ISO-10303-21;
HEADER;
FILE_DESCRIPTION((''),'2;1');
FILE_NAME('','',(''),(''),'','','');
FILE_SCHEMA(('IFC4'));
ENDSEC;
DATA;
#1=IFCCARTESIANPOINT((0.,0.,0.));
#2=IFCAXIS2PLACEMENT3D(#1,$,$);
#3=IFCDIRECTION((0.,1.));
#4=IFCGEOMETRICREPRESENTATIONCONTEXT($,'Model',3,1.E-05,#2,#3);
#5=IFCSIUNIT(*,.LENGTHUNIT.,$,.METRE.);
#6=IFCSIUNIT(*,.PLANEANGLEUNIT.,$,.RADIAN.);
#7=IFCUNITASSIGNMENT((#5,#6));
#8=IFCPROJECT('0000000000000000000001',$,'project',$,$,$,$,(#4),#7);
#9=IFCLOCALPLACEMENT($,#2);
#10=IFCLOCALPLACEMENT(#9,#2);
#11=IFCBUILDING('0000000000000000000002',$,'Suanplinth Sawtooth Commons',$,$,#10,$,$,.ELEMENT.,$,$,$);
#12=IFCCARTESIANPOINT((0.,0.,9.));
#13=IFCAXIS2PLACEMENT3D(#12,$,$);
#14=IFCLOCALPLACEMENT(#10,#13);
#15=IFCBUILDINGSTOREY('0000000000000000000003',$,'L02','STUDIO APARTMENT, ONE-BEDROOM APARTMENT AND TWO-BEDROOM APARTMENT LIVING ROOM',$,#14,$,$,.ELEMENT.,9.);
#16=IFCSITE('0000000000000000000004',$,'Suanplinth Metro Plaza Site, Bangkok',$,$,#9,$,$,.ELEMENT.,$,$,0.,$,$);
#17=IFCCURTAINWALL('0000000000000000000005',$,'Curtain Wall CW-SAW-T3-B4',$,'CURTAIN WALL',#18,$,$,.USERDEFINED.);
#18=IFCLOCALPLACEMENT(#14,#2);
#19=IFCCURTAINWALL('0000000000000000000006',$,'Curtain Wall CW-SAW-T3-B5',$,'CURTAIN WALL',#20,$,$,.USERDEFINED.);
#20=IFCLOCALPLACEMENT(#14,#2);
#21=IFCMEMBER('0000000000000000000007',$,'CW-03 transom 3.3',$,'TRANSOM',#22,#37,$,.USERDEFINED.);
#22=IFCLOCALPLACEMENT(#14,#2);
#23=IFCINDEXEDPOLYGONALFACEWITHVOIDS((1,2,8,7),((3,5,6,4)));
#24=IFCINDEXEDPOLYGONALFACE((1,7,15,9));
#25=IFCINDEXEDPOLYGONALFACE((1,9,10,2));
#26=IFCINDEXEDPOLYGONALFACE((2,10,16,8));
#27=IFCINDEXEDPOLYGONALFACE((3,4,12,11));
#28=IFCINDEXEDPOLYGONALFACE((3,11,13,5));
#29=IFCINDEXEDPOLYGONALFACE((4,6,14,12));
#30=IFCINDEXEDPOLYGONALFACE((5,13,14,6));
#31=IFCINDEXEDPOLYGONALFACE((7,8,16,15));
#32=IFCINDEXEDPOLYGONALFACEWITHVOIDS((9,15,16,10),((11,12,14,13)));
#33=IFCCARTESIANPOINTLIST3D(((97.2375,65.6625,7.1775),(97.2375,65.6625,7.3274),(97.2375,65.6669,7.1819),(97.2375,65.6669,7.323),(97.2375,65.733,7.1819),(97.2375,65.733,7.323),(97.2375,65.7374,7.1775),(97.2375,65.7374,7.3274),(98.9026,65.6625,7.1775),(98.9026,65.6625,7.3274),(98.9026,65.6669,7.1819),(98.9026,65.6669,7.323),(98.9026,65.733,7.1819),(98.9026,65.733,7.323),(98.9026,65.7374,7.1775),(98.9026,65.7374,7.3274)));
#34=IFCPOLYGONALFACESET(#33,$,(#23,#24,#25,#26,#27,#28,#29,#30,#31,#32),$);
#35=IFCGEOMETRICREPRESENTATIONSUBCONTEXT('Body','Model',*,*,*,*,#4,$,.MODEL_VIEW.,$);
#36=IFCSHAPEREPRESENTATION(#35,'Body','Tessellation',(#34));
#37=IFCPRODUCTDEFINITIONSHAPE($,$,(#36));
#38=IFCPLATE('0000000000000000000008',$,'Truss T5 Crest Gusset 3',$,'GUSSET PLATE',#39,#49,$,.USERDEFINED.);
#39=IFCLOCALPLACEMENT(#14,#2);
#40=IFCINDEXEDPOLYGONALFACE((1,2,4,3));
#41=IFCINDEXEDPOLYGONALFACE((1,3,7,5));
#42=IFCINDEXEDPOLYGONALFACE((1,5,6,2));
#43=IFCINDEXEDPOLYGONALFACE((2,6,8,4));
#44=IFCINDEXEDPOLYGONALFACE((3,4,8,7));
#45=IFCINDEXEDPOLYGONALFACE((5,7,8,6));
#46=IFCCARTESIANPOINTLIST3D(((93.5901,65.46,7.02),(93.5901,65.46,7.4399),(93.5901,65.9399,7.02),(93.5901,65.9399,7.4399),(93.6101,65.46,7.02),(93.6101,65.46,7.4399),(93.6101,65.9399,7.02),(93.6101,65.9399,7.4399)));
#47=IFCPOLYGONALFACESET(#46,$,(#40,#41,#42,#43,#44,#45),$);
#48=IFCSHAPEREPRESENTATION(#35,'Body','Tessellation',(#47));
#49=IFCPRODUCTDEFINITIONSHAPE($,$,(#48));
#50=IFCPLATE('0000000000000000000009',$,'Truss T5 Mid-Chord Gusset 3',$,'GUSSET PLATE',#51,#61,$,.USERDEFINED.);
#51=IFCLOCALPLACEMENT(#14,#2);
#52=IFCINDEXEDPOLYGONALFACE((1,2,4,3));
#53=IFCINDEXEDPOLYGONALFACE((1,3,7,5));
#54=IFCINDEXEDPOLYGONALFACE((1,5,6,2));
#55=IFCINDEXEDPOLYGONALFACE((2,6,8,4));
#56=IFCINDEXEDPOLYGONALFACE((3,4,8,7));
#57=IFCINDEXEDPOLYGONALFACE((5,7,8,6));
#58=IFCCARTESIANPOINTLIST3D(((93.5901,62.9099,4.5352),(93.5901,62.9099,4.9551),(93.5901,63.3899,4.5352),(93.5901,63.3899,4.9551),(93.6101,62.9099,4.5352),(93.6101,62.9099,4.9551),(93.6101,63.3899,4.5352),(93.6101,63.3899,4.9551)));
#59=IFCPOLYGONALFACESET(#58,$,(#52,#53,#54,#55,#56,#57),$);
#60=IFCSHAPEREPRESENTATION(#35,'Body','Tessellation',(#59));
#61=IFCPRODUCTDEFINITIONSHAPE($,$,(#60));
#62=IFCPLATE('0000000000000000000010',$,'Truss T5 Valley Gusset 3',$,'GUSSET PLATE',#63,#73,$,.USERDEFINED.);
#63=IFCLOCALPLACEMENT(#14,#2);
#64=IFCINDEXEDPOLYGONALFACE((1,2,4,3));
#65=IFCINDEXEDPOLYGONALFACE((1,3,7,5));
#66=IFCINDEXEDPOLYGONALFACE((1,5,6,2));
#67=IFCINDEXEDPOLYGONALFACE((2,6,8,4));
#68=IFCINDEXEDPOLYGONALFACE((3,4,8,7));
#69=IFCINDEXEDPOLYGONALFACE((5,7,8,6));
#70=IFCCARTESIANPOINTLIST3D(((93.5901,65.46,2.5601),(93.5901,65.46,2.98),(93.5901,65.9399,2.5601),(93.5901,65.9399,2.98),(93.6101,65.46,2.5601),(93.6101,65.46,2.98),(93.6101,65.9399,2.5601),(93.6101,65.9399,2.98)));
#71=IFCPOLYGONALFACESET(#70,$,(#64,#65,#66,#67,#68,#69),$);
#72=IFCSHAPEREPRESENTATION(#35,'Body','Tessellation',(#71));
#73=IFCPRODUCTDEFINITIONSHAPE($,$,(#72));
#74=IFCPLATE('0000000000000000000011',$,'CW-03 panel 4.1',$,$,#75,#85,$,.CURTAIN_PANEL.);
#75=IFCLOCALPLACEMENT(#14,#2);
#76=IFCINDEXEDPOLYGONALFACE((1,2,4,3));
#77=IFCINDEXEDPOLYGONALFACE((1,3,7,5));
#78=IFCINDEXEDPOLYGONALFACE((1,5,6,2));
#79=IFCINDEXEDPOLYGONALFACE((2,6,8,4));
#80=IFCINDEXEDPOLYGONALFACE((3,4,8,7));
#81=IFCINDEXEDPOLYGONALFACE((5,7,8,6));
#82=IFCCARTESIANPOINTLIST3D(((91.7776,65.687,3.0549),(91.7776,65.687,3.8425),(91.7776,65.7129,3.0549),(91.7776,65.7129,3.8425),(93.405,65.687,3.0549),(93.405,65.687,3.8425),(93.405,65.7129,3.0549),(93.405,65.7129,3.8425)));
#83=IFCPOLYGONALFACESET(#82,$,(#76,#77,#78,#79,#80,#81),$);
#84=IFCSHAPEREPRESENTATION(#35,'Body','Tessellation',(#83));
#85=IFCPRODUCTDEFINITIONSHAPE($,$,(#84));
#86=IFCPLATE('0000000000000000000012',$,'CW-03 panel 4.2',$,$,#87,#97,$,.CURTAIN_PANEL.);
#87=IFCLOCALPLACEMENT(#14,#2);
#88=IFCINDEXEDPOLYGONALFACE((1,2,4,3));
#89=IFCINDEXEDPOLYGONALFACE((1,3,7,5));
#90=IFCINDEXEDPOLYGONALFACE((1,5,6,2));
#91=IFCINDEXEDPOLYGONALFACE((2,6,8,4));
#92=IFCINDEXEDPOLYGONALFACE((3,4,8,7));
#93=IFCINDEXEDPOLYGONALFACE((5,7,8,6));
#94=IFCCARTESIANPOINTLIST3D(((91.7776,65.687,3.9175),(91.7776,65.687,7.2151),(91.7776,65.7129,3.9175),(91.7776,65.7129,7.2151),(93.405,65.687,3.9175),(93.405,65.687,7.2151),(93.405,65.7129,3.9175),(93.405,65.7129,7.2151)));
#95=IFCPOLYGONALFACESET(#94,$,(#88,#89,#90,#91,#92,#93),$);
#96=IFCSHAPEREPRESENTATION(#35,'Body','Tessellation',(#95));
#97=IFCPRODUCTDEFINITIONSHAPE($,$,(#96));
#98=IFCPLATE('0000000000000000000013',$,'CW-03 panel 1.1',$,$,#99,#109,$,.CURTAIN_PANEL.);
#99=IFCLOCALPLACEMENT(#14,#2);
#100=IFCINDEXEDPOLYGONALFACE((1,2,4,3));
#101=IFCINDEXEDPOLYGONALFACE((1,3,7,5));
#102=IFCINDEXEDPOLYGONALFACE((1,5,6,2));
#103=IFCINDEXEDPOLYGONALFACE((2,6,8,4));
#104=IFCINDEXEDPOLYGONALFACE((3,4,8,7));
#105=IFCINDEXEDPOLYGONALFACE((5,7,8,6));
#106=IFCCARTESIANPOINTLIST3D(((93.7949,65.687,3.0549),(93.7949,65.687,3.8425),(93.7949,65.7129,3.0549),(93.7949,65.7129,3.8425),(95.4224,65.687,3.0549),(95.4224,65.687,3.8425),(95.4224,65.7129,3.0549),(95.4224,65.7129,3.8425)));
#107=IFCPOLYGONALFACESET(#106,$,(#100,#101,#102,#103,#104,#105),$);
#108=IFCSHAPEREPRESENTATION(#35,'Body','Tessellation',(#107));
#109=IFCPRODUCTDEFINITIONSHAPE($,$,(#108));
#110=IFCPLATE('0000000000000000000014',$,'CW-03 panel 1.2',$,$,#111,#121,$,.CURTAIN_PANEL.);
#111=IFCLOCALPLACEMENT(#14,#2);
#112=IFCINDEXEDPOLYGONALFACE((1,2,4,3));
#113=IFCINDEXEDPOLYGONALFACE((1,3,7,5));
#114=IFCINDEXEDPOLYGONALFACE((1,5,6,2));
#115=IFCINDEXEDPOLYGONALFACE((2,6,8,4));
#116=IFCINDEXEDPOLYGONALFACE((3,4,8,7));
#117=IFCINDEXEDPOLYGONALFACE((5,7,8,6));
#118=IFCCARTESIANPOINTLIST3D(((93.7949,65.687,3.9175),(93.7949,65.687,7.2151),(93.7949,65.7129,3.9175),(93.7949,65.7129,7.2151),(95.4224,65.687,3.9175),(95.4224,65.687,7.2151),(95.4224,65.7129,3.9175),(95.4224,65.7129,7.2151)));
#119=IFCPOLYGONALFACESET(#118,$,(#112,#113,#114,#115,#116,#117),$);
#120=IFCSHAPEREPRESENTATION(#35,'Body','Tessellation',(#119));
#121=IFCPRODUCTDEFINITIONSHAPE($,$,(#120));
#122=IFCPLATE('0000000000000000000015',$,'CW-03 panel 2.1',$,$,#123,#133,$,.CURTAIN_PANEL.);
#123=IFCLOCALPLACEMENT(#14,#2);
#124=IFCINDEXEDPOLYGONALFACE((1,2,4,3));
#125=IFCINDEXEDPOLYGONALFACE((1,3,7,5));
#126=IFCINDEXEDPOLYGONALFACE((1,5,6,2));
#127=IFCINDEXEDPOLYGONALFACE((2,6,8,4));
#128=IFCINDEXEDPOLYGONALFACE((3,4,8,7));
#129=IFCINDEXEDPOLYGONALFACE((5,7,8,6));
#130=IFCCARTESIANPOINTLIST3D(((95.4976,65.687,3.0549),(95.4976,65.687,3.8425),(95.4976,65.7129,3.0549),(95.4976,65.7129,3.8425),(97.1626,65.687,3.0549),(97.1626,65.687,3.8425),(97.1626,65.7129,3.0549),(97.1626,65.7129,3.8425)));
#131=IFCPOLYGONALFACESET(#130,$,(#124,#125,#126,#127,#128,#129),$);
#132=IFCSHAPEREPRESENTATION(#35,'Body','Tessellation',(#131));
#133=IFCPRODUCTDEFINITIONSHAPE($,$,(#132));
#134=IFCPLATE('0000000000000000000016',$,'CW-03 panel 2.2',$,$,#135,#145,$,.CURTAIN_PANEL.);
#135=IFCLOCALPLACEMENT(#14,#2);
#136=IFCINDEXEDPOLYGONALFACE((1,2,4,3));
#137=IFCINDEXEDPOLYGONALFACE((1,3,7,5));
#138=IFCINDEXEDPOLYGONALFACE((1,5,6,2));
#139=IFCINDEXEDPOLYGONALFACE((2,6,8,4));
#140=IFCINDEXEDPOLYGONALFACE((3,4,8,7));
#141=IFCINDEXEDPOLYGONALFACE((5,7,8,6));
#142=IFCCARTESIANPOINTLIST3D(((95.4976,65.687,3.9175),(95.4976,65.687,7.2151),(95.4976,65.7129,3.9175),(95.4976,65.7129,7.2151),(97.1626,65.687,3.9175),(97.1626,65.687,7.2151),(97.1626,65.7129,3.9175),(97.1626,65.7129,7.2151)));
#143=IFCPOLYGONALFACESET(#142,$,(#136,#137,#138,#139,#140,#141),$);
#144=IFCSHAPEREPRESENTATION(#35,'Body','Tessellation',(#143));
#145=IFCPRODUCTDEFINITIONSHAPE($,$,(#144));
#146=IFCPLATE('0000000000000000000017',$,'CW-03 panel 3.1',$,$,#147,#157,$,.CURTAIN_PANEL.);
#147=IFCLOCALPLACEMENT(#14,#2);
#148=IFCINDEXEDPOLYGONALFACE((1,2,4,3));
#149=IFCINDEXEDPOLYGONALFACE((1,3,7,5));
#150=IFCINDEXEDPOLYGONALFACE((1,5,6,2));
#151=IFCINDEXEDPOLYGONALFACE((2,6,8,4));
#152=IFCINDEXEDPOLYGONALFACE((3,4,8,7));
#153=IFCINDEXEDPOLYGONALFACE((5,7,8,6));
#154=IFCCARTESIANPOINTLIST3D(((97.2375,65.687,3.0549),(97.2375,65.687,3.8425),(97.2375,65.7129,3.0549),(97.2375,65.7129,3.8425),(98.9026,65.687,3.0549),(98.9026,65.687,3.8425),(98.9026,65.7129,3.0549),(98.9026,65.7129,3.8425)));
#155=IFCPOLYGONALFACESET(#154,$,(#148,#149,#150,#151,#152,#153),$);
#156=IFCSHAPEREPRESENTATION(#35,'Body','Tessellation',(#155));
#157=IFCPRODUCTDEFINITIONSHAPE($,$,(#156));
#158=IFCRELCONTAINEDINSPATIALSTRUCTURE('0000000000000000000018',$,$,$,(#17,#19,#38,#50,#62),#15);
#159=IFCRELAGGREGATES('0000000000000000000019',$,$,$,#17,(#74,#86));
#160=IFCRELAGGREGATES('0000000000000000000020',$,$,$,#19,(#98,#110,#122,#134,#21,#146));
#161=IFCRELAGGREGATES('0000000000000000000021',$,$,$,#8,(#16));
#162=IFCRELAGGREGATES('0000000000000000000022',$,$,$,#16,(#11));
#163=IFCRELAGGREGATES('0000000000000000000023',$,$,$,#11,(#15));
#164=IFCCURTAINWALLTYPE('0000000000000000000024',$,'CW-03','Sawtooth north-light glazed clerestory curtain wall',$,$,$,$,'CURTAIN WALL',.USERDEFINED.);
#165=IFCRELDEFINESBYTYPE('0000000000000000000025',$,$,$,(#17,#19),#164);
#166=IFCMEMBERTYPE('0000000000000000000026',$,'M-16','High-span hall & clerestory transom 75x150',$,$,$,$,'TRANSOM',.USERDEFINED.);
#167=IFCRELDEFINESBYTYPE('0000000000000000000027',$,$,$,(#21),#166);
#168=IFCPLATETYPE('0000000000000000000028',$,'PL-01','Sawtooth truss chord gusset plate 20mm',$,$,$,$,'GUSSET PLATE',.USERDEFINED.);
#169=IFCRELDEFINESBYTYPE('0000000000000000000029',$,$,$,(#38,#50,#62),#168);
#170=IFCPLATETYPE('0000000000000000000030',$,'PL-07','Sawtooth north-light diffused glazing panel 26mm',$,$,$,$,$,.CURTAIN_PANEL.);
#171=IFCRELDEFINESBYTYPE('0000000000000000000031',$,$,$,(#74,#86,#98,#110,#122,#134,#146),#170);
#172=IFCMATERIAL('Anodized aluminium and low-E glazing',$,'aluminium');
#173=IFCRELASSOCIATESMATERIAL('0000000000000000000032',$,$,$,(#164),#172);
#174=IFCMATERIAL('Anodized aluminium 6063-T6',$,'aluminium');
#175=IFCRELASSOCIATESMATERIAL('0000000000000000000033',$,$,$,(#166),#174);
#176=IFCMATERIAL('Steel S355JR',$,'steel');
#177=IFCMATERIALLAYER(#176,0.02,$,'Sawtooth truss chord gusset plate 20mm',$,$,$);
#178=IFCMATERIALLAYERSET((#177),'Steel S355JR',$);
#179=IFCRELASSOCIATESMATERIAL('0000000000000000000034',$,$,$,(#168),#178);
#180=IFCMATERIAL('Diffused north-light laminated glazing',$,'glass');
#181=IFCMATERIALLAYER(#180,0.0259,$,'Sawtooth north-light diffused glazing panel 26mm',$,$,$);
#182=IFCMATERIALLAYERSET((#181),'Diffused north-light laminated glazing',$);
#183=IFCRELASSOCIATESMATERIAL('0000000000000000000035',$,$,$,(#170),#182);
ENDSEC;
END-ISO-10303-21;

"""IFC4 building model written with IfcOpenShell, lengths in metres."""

from ifc_helpers import new_model, si_unit, direction, frame, origin, origin_2d, place, context, subcontext, project, spatial, rectangle, hollow_rectangle, extrude, material, layer, layer_set, material_profile, profile_set, type_object, element, aggregate, save


model = new_model("IFC4")

# Units and contexts
model_context = context("Model", 3, precision=1e-05, world=origin(), true_north=direction((0.0, 1.0)))
body_context = subcontext(model_context, "Body", "Model", "MODEL_VIEW")
ifc_project = project(units=[si_unit("LENGTHUNIT", "METRE"), si_unit("PLANEANGLEUNIT", "RADIAN")], contexts=[model_context])

# Site, building, storey
site_placement = place(None, origin())
site = spatial("IfcSite", under=ifc_project, at=site_placement, Name="Suanplinth Metro Plaza Site, Bangkok", CompositionType="ELEMENT", RefElevation=0.0)
building_placement = place(site_placement, origin())
building = spatial("IfcBuilding", under=site, at=building_placement, Name="Suanplinth Sawtooth Commons", CompositionType="ELEMENT")
storey_placement = place(building_placement, frame((0.0, 0.0, 9.0)))
storey = spatial("IfcBuildingStorey", under=building, at=storey_placement, Name="L02", Description="STUDIO APARTMENT, ONE-BEDROOM APARTMENT AND TWO-BEDROOM APARTMENT LIVING ROOM", CompositionType="ELEMENT", Elevation=9.0)

# Shared definitions
ifc_material_1 = material(Name="Steel S355JR", Category="steel")

# Curtain wall
ifc_material_2 = material(Name="Anodized aluminium and low-E glazing", Category="aluminium")
curtain_wall_type = type_object("IfcCurtainWallType", Name="CW-03", Description="Sawtooth north-light glazed clerestory curtain wall", ElementType="CURTAIN WALL", PredefinedType="USERDEFINED", material=ifc_material_2)
curtain_wall_1_placement = place(storey_placement, origin())
curtain_wall_1 = element("IfcCurtainWall", 1, at=curtain_wall_1_placement, inside=storey, type_object=curtain_wall_type, Name="Curtain Wall CW-SAW-T3-B4", ObjectType="CURTAIN WALL", PredefinedType="USERDEFINED")
ifc_material_3 = material(Name="Anodized aluminium 6063-T6", Category="aluminium")

# Curtain wall, member
curtain_wall_2_placement = place(storey_placement, origin())
curtain_wall_2 = element("IfcCurtainWall", 2, at=curtain_wall_2_placement, inside=storey, type_object=curtain_wall_type, Name="Curtain Wall CW-SAW-T3-B5", ObjectType="CURTAIN WALL", PredefinedType="USERDEFINED")
ifc_material_profile_1 = material_profile(ifc_material_3, hollow_rectangle(XDim=0.075, YDim=0.1499, WallThickness=0.0044, at=origin_2d()), Name="ALU-TRN 75x150")
ifc_profile_set_1 = profile_set([ifc_material_profile_1], Name="Anodized aluminium 6063-T6")
member_type_1 = type_object("IfcMemberType", Name="M-16", Description="High-span hall & clerestory transom 75x150", ElementType="TRANSOM", PredefinedType="USERDEFINED", material=ifc_profile_set_1)
member_1_placement = place(storey_placement, frame((97.2375, 65.7, 7.2524), z_axis=(1.0, 0.0, 0.0), x_axis=(0.0, 1.0, 0.0)))
member_1 = element("IfcMember", 3, at=member_1_placement, type_object=member_type_1, Name="CW-03 transom 3.3", ObjectType="TRANSOM", PredefinedType="USERDEFINED", context=body_context, shape_type="SweptSolid", body=[
    extrude(hollow_rectangle(XDim=0.075, YDim=0.1499, WallThickness=0.0044, at=origin_2d()), origin(), (0.0, 0.0, 1.0), 1.665),
])

# Plates
ifc_layer_1 = layer(ifc_material_1, 0.02, Name="Sawtooth truss chord gusset plate 20mm")
ifc_layer_set_1 = layer_set([ifc_layer_1], Name="Steel S355JR")
plate_type_1 = type_object("IfcPlateType", Name="PL-01", Description="Sawtooth truss chord gusset plate 20mm", ElementType="GUSSET PLATE", PredefinedType="USERDEFINED", material=ifc_layer_set_1)
for number, where, z_axis, x_axis, name in (
    (4, (93.6001, 65.7, 7.02), (0.0, 0.0, 1.0), (1.0, 0.0, 0.0), "Truss T5 Crest Gusset 3"),
    (5, (93.6001, 63.1499, 4.5352), (0.0, 0.0, 1.0), (1.0, 0.0, 0.0), "Truss T5 Mid-Chord Gusset 3"),
    (6, (93.6001, 65.7, 2.5601), (0.0, 0.0, 1.0), (1.0, 0.0, 0.0), "Truss T5 Valley Gusset 3"),
):
    element("IfcPlate", number, at=place(storey_placement, frame(where, z_axis=z_axis, x_axis=x_axis)), inside=storey, type_object=plate_type_1, Name=name, ObjectType="GUSSET PLATE", PredefinedType="USERDEFINED", context=body_context, shape_type="SweptSolid", body=[
        extrude(rectangle(XDim=0.02, YDim=0.48, at=origin_2d()), origin(), (0.0, 0.0, 1.0), 0.4199),
    ])

# Plates
ifc_material_4 = material(Name="Diffused north-light laminated glazing", Category="glass")
ifc_layer_2 = layer(ifc_material_4, 0.0259, Name="Sawtooth north-light diffused glazing panel 26mm")
ifc_layer_set_2 = layer_set([ifc_layer_2], Name="Diffused north-light laminated glazing")
plate_type_2 = type_object("IfcPlateType", Name="PL-07", Description="Sawtooth north-light diffused glazing panel 26mm", PredefinedType="CURTAIN_PANEL", material=ifc_layer_set_2)
plate_1_placement = place(storey_placement, frame((92.5913, 65.7, 3.0549), z_axis=(0.0, 0.0, 1.0), x_axis=(1.0, 0.0, 0.0)))
plate_1 = element("IfcPlate", 7, at=plate_1_placement, type_object=plate_type_2, Name="CW-03 panel 4.1", PredefinedType="CURTAIN_PANEL", context=body_context, shape_type="SweptSolid", body=[
    extrude(rectangle(XDim=1.6274, YDim=0.0259, at=origin_2d()), origin(), (0.0, 0.0, 1.0), 0.7876),
])
plate_2_placement = place(storey_placement, frame((92.5913, 65.7, 3.9175), z_axis=(0.0, 0.0, 1.0), x_axis=(1.0, 0.0, 0.0)))
plate_2 = element("IfcPlate", 8, at=plate_2_placement, type_object=plate_type_2, Name="CW-03 panel 4.2", PredefinedType="CURTAIN_PANEL", context=body_context, shape_type="SweptSolid", body=[
    extrude(rectangle(XDim=1.6274, YDim=0.0259, at=origin_2d()), origin(), (0.0, 0.0, 1.0), 3.2976),
])
aggregate(curtain_wall_1, [plate_1, plate_2])
plate_3_placement = place(storey_placement, frame((94.6086, 65.7, 3.0549), z_axis=(0.0, 0.0, 1.0), x_axis=(1.0, 0.0, 0.0)))
plate_3 = element("IfcPlate", 9, at=plate_3_placement, type_object=plate_type_2, Name="CW-03 panel 1.1", PredefinedType="CURTAIN_PANEL", context=body_context, shape_type="SweptSolid", body=[
    extrude(rectangle(XDim=1.6274, YDim=0.0259, at=origin_2d()), origin(), (0.0, 0.0, 1.0), 0.7876),
])
plate_4_placement = place(storey_placement, frame((94.6086, 65.7, 3.9175), z_axis=(0.0, 0.0, 1.0), x_axis=(1.0, 0.0, 0.0)))
plate_4 = element("IfcPlate", 10, at=plate_4_placement, type_object=plate_type_2, Name="CW-03 panel 1.2", PredefinedType="CURTAIN_PANEL", context=body_context, shape_type="SweptSolid", body=[
    extrude(rectangle(XDim=1.6274, YDim=0.0259, at=origin_2d()), origin(), (0.0, 0.0, 1.0), 3.2976),
])
plate_5_placement = place(storey_placement, frame((96.3301, 65.7, 3.0549), z_axis=(0.0, 0.0, 1.0), x_axis=(1.0, 0.0, 0.0)))
plate_5 = element("IfcPlate", 11, at=plate_5_placement, type_object=plate_type_2, Name="CW-03 panel 2.1", PredefinedType="CURTAIN_PANEL", context=body_context, shape_type="SweptSolid", body=[
    extrude(rectangle(XDim=1.665, YDim=0.0259, at=origin_2d()), origin(), (0.0, 0.0, 1.0), 0.7876),
])
plate_6_placement = place(storey_placement, frame((96.3301, 65.7, 3.9175), z_axis=(0.0, 0.0, 1.0), x_axis=(1.0, 0.0, 0.0)))
plate_6 = element("IfcPlate", 12, at=plate_6_placement, type_object=plate_type_2, Name="CW-03 panel 2.2", PredefinedType="CURTAIN_PANEL", context=body_context, shape_type="SweptSolid", body=[
    extrude(rectangle(XDim=1.665, YDim=0.0259, at=origin_2d()), origin(), (0.0, 0.0, 1.0), 3.2976),
])
plate_7_placement = place(storey_placement, frame((98.0701, 65.7, 3.0549), z_axis=(0.0, 0.0, 1.0), x_axis=(1.0, 0.0, 0.0)))
plate_7 = element("IfcPlate", 13, at=plate_7_placement, type_object=plate_type_2, Name="CW-03 panel 3.1", PredefinedType="CURTAIN_PANEL", context=body_context, shape_type="SweptSolid", body=[
    extrude(rectangle(XDim=1.665, YDim=0.0259, at=origin_2d()), origin(), (0.0, 0.0, 1.0), 0.7876),
])
aggregate(curtain_wall_2, [plate_3, plate_4, plate_5, plate_6, member_1, plate_7])

save(model, "model.ifc")
